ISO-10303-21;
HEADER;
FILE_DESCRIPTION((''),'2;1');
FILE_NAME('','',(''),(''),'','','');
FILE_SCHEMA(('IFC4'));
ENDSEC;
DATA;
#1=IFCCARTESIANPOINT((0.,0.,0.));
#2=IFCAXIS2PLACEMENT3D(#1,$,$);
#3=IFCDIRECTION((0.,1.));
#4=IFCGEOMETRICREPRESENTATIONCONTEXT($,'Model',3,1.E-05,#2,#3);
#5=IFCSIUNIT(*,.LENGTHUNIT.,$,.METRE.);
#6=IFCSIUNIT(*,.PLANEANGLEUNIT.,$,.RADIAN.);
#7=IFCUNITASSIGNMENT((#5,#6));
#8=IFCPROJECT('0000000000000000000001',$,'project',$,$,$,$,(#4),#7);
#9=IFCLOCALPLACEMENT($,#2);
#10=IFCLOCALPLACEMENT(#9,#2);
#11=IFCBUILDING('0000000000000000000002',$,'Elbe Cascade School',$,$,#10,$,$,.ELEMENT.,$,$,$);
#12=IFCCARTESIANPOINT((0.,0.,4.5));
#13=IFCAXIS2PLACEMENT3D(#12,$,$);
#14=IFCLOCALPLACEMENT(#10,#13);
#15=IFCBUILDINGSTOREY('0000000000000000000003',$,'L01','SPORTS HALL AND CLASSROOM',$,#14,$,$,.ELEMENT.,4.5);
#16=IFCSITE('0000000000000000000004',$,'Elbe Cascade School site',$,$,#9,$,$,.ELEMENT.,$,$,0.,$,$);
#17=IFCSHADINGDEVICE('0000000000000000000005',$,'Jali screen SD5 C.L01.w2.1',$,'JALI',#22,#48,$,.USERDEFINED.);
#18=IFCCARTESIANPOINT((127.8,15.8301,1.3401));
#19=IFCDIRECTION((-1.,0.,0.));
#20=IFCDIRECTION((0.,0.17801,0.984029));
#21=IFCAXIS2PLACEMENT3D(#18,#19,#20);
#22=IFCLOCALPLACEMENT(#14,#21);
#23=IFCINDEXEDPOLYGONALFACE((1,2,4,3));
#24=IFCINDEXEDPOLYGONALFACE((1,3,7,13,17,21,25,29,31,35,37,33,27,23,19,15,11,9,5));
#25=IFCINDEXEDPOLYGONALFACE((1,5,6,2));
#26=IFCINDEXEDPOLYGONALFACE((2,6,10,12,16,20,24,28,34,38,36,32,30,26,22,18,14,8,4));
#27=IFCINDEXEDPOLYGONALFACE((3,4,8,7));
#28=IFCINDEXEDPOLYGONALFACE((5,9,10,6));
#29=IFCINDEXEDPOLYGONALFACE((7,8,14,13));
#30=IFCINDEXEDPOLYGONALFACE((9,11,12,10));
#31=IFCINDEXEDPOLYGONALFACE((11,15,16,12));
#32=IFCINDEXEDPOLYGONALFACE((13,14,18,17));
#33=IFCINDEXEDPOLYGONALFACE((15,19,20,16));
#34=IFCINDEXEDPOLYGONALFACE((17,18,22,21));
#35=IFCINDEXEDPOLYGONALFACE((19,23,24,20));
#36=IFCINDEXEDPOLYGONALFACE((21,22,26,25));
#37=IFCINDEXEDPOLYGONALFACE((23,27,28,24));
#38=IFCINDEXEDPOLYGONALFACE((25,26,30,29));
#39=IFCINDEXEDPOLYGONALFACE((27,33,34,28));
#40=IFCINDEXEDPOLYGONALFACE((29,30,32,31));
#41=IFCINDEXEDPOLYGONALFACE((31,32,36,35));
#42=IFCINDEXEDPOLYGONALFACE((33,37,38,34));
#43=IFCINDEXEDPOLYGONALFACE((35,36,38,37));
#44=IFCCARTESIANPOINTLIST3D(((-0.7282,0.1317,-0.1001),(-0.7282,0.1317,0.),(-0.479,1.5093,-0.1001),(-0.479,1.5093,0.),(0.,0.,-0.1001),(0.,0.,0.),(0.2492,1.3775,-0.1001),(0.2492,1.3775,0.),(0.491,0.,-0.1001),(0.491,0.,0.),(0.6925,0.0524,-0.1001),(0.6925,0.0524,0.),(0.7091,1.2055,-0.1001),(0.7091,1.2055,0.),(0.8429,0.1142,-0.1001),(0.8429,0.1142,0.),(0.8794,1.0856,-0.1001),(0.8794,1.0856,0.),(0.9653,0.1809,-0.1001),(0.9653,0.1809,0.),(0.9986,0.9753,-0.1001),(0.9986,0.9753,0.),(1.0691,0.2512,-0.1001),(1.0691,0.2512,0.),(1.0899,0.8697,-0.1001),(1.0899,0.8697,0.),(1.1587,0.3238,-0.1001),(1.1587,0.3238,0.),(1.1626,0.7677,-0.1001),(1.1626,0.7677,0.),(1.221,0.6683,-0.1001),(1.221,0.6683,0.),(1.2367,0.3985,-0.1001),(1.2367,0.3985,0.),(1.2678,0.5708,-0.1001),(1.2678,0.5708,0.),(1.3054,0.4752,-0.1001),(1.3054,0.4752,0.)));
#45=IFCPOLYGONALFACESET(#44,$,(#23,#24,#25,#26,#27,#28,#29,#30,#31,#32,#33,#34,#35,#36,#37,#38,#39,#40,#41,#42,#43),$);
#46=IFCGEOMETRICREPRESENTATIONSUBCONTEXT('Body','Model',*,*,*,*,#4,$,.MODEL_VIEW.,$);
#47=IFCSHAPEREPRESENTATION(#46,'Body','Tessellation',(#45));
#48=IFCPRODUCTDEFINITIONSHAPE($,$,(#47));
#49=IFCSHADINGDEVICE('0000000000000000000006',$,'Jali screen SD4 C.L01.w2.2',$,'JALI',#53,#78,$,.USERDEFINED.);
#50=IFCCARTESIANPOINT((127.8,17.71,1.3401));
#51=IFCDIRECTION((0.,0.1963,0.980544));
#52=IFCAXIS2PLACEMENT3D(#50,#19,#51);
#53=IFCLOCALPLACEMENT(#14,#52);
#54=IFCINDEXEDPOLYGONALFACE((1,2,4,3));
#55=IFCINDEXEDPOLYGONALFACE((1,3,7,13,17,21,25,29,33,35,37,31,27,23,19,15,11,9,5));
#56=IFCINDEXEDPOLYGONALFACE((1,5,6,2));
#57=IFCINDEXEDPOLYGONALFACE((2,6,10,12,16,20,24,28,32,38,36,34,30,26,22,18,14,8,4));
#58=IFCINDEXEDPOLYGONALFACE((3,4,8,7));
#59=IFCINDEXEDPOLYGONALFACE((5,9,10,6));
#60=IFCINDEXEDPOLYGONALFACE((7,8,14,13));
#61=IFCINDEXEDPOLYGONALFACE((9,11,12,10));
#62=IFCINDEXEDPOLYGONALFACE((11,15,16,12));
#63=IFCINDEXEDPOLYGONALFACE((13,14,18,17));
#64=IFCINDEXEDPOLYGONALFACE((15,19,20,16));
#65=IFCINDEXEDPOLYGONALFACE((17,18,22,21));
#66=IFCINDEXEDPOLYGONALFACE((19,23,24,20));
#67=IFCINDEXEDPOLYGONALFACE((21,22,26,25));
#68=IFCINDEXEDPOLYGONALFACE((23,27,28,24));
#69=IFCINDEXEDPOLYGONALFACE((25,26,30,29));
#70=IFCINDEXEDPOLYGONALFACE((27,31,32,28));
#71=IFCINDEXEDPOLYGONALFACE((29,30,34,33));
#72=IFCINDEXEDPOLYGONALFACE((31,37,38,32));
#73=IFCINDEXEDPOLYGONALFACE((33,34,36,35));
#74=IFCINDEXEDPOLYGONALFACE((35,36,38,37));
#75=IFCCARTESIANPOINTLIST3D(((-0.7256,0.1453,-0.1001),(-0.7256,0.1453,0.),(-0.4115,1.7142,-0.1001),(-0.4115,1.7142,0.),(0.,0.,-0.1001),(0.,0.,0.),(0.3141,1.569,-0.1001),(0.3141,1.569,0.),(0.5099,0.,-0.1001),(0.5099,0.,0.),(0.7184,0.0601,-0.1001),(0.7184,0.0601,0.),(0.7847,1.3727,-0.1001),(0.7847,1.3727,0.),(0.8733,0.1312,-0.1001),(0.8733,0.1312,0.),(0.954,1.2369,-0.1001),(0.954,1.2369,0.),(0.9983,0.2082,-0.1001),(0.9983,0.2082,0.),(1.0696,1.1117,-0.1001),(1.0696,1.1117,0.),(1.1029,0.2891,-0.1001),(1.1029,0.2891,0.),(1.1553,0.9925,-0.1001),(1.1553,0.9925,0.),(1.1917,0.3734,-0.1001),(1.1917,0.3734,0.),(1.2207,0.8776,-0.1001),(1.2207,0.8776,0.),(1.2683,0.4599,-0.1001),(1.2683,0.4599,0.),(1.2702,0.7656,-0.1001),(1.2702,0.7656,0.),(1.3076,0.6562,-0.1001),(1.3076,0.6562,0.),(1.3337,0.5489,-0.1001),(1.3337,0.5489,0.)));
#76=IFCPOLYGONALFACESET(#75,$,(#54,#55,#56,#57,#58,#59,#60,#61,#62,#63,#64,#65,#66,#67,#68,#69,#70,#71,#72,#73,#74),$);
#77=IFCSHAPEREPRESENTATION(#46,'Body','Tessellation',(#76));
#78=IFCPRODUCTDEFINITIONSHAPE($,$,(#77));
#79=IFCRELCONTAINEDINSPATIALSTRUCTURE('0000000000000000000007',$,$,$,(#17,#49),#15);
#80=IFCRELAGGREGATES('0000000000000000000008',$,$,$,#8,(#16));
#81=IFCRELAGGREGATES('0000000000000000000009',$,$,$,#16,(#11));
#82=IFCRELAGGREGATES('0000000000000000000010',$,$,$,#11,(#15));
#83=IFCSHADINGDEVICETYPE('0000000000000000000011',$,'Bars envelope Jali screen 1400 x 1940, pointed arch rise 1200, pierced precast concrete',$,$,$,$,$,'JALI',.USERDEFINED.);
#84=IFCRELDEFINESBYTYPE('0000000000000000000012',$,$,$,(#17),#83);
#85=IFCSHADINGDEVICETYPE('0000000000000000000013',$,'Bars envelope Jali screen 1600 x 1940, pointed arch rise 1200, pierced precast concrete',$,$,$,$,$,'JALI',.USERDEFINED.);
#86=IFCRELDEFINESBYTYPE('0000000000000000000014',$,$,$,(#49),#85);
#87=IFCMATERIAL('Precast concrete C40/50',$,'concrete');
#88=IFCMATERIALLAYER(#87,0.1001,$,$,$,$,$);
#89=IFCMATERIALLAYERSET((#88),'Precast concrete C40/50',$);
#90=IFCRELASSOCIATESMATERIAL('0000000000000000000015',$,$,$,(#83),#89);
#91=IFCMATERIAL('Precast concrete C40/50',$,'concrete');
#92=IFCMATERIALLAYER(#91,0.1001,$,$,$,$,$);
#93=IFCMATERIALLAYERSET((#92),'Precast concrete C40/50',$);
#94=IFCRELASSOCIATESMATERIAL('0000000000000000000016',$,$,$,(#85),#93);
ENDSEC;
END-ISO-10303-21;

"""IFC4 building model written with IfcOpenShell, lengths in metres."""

from ifc_helpers import new_model, si_unit, direction, frame, origin, place, context, subcontext, project, spatial, polyline, outline, extrude, material, layer, layer_set, type_object, element, save


model = new_model("IFC4")

# Units and contexts
model_context = context("Model", 3, precision=1e-05, world=origin(), true_north=direction((0.0, 1.0)))
body_context = subcontext(model_context, "Body", "Model", "MODEL_VIEW")
ifc_project = project(units=[si_unit("LENGTHUNIT", "METRE"), si_unit("PLANEANGLEUNIT", "RADIAN")], contexts=[model_context])

# Site, building, storey
site_placement = place(None, origin())
site = spatial("IfcSite", under=ifc_project, at=site_placement, Name="Elbe Cascade School site", CompositionType="ELEMENT", RefElevation=0.0)
building_placement = place(site_placement, origin())
building = spatial("IfcBuilding", under=site, at=building_placement, Name="Elbe Cascade School", CompositionType="ELEMENT")
storey_placement = place(building_placement, frame((0.0, 0.0, 4.5)))
storey = spatial("IfcBuildingStorey", under=building, at=storey_placement, Name="L01", Description="SPORTS HALL AND CLASSROOM", CompositionType="ELEMENT", Elevation=4.5)

# Shading devices
ifc_material_1 = material(Name="Precast concrete C40/50", Category="concrete")
ifc_layer_1 = layer(ifc_material_1, 0.1001)
ifc_layer_set_1 = layer_set([ifc_layer_1], Name="Precast concrete C40/50")
shading_device_type_1 = type_object("IfcShadingDeviceType", Name="Bars envelope Jali screen 1400 x 1940, pointed arch rise 1200, pierced precast concrete", ElementType="JALI", PredefinedType="USERDEFINED", material=ifc_layer_set_1)
shading_device_1_placement = place(storey_placement, frame((127.8, 15.8301, 1.3401), z_axis=(-1.0, 0.0, 0.0), x_axis=(0.0, 0.17801, 0.984029)))
element("IfcShadingDevice", 1, at=shading_device_1_placement, inside=storey, type_object=shading_device_type_1, Name="Jali screen SD5 C.L01.w2.1", ObjectType="JALI", PredefinedType="USERDEFINED", context=body_context, shape_type="SweptSolid", body=[
    extrude(outline(polyline([(0.0, 0.0), (0.491, 0.0), (0.6925, 0.0524), (0.8429, 0.1142), (0.9653, 0.1809), (1.0691, 0.2512), (1.1587, 0.3238), (1.2367, 0.3985), (1.3054, 0.4752), (1.2678, 0.5708), (1.221, 0.6683), (1.1626, 0.7677), (1.0899, 0.8697), (0.9986, 0.9753), (0.8794, 1.0856), (0.7091, 1.2055), (0.2492, 1.3775), (-0.479, 1.5093), (-0.7282, 0.1317), (0.0, 0.0)])), origin(), (0.0, 0.0, -1.0), 0.1001),
])
ifc_material_2 = material(Name="Precast concrete C40/50", Category="concrete")
ifc_layer_2 = layer(ifc_material_2, 0.1001)
ifc_layer_set_2 = layer_set([ifc_layer_2], Name="Precast concrete C40/50")
shading_device_type_2 = type_object("IfcShadingDeviceType", Name="Bars envelope Jali screen 1600 x 1940, pointed arch rise 1200, pierced precast concrete", ElementType="JALI", PredefinedType="USERDEFINED", material=ifc_layer_set_2)
shading_device_2_placement = place(storey_placement, frame((127.8, 17.71, 1.3401), z_axis=(-1.0, 0.0, 0.0), x_axis=(0.0, 0.1963, 0.980544)))
element("IfcShadingDevice", 2, at=shading_device_2_placement, inside=storey, type_object=shading_device_type_2, Name="Jali screen SD4 C.L01.w2.2", ObjectType="JALI", PredefinedType="USERDEFINED", context=body_context, shape_type="SweptSolid", body=[
    extrude(outline(polyline([(0.0, 0.0), (0.5099, 0.0), (0.7184, 0.0601), (0.8733, 0.1312), (0.9983, 0.2082), (1.1029, 0.2891), (1.1917, 0.3734), (1.2683, 0.4599), (1.3337, 0.5489), (1.3076, 0.6562), (1.2702, 0.7656), (1.2207, 0.8776), (1.1553, 0.9925), (1.0696, 1.1117), (0.954, 1.2369), (0.7847, 1.3727), (0.3141, 1.569), (-0.4115, 1.7142), (-0.7256, 0.1453), (0.0, 0.0)])), origin(), (0.0, 0.0, -1.0), 0.1001),
])

save(model, "model.ifc")
